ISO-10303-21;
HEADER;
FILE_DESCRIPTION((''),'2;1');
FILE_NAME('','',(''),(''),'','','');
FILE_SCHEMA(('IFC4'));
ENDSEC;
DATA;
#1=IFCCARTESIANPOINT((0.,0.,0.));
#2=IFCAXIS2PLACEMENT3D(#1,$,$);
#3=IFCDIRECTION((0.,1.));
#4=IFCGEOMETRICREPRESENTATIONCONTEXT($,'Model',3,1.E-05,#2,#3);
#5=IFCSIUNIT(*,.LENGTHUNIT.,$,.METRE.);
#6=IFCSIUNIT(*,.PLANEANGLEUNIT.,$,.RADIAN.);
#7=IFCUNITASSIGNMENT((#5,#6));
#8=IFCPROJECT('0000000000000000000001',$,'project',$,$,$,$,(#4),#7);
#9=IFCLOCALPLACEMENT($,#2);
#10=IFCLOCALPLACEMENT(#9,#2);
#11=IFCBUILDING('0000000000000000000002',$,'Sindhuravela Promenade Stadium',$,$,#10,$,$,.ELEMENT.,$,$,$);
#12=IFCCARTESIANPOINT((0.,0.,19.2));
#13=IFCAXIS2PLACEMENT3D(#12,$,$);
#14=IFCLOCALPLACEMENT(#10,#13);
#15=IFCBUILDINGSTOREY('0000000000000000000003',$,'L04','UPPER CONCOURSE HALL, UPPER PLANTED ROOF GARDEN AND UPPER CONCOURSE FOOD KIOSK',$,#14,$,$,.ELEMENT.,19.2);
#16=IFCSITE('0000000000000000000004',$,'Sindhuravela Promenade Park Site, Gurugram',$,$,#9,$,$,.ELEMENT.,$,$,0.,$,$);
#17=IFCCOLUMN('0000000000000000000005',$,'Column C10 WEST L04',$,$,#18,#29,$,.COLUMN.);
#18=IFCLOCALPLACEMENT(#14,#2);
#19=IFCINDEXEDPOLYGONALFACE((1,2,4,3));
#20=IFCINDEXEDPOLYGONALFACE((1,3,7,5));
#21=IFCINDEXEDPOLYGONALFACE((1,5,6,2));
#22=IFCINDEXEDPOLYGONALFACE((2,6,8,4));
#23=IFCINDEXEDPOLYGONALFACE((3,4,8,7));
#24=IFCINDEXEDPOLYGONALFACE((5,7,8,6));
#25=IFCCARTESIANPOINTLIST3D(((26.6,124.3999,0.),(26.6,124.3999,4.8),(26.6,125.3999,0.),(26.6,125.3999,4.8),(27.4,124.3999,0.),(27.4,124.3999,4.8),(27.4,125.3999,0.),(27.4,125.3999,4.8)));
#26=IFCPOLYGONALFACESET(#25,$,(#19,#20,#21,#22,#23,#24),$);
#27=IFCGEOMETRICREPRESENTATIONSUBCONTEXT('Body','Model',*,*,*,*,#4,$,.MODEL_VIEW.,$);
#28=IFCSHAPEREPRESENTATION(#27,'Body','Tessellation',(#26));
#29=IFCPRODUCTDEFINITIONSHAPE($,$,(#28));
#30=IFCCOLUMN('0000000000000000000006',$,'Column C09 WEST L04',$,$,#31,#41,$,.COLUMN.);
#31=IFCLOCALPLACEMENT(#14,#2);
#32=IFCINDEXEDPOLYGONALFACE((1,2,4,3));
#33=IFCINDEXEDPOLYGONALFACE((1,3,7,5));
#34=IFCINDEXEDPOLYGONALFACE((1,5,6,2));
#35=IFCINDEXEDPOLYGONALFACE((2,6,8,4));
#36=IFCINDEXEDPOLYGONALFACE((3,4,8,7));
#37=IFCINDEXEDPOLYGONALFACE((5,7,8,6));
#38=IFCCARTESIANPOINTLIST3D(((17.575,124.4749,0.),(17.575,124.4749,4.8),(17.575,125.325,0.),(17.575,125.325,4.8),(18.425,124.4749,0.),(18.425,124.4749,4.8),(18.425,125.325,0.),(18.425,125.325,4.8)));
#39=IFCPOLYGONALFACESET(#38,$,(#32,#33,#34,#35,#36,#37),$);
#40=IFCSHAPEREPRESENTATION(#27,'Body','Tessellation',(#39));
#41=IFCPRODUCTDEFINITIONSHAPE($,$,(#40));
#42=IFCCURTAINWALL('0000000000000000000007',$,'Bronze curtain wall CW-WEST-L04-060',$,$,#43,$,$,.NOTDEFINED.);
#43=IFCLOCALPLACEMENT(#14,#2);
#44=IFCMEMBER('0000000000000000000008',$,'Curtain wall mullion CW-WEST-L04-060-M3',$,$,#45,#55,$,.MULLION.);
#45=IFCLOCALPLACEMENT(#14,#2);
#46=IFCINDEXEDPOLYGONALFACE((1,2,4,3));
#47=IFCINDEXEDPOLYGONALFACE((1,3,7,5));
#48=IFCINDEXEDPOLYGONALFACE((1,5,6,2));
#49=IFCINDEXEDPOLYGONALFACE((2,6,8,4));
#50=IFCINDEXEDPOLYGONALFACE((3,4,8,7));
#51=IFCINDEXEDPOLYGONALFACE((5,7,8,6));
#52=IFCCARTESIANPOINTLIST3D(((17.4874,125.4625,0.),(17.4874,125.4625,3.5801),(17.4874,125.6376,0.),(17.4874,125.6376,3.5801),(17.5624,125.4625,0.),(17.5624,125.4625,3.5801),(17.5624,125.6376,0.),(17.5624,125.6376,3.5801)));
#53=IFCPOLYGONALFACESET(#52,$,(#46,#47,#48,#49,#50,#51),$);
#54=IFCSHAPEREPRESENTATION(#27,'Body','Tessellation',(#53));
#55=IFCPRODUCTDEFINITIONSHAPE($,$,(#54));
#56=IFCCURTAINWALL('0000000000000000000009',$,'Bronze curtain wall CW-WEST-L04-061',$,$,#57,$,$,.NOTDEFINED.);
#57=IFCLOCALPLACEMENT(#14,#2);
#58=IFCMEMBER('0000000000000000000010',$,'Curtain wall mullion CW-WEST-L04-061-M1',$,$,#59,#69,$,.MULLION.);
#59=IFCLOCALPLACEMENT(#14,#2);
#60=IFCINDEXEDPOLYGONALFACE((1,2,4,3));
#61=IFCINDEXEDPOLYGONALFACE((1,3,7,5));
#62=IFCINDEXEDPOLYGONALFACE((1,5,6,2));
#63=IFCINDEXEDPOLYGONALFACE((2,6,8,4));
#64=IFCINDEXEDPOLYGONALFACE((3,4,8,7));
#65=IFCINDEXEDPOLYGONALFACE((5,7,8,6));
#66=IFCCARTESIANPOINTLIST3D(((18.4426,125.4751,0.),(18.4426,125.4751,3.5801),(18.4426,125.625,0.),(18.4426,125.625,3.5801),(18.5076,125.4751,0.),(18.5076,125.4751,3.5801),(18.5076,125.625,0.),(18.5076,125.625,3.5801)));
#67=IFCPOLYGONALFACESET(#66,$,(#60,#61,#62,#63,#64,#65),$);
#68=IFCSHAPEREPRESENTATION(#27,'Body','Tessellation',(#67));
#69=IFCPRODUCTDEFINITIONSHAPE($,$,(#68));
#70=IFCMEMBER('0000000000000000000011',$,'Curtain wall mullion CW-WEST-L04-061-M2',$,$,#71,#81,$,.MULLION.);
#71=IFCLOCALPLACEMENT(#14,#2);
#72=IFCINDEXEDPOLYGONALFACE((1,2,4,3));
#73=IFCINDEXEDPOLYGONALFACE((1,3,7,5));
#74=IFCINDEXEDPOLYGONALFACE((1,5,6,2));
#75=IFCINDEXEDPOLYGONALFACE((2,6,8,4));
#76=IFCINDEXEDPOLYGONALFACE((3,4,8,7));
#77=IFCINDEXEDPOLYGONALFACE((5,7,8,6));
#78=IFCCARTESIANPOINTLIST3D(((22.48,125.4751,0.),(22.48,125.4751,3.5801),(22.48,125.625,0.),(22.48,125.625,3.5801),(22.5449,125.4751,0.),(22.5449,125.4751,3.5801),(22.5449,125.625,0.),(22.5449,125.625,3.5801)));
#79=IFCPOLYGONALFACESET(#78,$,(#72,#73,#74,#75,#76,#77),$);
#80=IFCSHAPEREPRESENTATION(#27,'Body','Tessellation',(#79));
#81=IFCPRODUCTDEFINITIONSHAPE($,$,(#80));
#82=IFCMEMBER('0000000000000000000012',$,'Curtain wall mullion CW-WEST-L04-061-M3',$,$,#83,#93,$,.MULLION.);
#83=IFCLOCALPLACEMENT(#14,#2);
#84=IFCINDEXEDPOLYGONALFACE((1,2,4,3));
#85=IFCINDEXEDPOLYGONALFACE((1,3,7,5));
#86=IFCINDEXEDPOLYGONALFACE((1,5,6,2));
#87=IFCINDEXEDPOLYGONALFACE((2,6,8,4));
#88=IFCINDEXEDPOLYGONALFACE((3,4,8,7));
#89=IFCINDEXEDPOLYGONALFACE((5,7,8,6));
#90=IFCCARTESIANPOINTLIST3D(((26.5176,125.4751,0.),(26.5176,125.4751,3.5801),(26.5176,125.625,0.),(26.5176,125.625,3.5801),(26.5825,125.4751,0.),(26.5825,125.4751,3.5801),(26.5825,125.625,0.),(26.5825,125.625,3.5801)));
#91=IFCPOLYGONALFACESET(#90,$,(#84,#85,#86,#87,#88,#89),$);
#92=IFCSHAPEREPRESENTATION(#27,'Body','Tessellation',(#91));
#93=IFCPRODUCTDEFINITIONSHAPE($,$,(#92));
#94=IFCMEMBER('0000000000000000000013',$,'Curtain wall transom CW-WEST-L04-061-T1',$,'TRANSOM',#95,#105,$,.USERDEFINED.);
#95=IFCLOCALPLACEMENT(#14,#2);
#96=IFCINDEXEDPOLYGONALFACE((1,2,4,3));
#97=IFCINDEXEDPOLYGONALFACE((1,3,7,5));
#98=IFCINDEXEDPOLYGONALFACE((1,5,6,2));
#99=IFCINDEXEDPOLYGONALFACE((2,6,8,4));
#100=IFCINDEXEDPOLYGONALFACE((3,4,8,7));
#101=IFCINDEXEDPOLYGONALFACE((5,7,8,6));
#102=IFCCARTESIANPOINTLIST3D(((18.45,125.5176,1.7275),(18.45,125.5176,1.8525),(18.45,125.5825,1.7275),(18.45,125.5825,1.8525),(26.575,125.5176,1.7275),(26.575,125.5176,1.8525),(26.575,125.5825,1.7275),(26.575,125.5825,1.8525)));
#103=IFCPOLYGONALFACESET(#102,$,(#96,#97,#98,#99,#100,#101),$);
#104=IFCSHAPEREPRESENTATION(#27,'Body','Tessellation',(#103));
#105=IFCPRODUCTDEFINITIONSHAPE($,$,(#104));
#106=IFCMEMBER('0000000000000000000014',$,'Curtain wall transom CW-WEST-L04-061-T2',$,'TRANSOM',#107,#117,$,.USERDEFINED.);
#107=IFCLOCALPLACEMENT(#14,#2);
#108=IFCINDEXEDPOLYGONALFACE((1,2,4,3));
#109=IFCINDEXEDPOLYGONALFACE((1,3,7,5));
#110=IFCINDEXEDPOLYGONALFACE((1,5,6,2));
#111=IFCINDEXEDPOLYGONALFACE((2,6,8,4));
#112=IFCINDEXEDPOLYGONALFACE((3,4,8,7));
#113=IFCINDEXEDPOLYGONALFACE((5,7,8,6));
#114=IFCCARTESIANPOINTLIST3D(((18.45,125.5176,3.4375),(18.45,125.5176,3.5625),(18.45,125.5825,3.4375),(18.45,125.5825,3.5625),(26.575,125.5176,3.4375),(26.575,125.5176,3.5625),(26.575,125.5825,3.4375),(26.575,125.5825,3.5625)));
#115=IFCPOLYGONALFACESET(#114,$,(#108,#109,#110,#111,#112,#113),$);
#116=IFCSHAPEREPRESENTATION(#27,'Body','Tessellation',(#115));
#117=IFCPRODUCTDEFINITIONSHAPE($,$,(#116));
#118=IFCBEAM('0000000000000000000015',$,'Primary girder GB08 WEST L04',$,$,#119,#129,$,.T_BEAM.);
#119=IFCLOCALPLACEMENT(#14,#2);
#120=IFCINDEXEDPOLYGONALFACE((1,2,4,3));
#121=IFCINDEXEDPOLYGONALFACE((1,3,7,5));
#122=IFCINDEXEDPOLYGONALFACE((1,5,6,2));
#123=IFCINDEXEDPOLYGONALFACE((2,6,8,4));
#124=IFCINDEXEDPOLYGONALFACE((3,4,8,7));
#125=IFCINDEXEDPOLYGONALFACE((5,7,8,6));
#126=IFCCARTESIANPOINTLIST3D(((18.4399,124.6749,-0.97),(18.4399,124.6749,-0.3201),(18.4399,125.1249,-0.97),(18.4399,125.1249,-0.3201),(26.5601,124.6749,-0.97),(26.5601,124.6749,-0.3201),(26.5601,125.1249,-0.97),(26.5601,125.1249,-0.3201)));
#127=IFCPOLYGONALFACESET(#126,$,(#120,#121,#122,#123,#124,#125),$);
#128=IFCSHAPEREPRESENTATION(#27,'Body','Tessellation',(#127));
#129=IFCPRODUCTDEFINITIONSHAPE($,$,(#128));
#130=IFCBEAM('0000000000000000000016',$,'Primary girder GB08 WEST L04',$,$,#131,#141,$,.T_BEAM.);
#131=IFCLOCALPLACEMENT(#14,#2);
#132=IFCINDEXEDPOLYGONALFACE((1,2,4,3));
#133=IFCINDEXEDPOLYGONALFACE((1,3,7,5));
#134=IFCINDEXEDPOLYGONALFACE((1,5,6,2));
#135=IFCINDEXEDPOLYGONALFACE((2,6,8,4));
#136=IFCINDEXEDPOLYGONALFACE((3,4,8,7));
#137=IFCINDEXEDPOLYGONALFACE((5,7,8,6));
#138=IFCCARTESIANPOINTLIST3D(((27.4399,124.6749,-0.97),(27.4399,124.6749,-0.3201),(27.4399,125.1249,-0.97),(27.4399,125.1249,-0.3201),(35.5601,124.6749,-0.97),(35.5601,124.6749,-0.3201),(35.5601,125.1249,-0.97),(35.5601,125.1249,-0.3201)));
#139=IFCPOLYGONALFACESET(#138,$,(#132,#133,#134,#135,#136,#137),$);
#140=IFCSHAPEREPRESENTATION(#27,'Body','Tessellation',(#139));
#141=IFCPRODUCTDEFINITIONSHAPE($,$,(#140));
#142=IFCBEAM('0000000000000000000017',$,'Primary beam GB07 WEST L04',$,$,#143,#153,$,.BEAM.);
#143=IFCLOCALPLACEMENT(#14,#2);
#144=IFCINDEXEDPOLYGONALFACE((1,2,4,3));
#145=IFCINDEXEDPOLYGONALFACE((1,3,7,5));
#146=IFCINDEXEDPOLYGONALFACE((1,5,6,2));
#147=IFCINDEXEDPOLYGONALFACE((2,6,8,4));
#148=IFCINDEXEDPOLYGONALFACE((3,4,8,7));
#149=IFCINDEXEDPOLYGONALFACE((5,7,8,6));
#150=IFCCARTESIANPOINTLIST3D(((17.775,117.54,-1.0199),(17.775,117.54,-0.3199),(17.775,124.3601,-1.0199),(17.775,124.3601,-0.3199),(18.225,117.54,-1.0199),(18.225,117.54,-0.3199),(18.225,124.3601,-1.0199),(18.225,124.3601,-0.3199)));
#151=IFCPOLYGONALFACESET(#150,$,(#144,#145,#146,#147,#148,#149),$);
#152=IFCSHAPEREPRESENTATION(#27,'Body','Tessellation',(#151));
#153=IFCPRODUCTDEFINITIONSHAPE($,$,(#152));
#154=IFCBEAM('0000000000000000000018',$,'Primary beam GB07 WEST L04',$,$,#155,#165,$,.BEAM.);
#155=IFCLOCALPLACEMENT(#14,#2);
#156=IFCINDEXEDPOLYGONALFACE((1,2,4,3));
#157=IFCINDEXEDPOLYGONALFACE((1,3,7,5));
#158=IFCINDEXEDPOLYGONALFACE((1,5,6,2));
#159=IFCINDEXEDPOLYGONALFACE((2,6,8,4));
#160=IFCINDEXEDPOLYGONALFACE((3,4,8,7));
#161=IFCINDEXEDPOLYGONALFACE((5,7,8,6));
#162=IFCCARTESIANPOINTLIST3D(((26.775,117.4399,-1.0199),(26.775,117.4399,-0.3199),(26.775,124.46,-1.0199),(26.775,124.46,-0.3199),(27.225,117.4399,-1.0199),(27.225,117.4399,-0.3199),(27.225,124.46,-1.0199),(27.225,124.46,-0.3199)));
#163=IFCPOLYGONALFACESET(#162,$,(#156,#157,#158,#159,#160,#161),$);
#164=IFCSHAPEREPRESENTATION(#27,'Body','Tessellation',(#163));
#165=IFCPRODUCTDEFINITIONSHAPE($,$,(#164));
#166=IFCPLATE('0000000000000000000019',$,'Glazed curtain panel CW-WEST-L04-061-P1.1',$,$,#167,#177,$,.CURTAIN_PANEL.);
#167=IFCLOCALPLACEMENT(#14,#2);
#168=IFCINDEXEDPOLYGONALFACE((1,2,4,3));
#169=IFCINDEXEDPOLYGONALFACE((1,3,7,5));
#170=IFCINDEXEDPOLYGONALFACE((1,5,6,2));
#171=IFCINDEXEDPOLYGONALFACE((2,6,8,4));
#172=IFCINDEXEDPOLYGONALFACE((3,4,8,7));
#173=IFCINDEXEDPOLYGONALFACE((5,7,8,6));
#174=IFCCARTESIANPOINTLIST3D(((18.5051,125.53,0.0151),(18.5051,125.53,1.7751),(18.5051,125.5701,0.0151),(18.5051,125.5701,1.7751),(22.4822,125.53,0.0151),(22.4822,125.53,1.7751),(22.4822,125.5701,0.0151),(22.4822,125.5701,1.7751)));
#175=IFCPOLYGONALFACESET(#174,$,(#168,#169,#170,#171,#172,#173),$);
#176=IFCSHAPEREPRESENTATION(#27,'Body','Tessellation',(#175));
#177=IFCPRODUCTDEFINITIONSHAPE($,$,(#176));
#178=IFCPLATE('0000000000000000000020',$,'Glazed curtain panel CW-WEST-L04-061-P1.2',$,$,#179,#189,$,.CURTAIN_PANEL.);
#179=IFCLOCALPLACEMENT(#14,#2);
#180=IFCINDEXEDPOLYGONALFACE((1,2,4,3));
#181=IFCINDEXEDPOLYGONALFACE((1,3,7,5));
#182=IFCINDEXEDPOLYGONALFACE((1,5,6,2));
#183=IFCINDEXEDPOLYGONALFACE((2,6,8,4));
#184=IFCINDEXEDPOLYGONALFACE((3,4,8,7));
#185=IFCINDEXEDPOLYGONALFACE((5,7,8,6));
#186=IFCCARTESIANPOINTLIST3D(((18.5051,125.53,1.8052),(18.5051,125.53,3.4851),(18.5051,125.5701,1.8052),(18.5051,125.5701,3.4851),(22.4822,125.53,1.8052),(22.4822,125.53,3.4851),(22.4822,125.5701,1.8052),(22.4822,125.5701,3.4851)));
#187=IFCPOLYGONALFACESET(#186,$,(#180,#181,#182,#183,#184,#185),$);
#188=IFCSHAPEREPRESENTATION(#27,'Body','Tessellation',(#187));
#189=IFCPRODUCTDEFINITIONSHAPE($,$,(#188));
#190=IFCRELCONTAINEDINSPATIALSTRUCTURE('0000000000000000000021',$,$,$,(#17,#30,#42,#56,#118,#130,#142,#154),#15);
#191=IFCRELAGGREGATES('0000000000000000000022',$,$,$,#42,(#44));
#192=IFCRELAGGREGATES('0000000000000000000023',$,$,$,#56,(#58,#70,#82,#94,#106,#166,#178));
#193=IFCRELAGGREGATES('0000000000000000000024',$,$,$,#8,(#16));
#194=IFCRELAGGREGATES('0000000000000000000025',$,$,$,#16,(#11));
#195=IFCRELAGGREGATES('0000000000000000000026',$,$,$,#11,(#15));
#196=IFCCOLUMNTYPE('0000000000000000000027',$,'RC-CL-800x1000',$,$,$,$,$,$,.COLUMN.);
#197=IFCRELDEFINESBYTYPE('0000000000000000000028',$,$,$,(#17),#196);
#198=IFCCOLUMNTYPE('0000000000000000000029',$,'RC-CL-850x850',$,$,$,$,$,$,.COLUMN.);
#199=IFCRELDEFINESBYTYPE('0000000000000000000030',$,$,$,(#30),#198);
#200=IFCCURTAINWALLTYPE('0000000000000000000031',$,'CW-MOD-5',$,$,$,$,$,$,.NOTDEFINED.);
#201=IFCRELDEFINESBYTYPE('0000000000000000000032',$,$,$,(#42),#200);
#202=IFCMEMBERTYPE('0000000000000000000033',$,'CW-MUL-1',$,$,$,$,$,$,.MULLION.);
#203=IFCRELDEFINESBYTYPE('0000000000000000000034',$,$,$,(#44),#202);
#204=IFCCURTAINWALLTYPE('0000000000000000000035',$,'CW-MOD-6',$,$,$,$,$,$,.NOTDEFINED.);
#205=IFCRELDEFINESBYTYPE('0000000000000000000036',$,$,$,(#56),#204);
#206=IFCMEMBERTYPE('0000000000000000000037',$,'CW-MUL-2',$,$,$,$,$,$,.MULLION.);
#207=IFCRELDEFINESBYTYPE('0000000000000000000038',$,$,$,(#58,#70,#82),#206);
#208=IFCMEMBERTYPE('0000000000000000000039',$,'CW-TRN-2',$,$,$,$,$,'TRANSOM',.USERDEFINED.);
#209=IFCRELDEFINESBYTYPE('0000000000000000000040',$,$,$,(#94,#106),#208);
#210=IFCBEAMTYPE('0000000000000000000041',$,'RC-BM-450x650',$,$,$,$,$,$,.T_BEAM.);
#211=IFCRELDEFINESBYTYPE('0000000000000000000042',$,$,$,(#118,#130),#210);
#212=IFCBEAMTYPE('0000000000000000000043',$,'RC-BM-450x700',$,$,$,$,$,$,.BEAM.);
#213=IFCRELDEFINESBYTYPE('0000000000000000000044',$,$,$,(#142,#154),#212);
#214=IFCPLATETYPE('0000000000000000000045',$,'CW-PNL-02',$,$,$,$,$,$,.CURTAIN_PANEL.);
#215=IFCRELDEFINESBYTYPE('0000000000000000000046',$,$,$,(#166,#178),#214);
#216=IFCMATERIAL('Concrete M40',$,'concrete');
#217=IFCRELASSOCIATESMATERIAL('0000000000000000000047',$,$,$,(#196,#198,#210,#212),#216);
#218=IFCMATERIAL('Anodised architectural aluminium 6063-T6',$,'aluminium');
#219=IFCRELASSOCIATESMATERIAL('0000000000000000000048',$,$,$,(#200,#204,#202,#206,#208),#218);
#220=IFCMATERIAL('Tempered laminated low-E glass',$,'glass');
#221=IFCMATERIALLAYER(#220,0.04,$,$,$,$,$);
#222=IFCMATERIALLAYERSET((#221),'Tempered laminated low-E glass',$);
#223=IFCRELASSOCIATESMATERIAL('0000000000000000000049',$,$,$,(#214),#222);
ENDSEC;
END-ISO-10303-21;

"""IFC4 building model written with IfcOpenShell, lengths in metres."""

from ifc_helpers import new_model, si_unit, direction, frame, origin, origin_2d, place, context, subcontext, project, spatial, rectangle, extrude, material, layer, layer_set, material_profile, profile_set, type_object, element, aggregate, save


model = new_model("IFC4")

# Units and contexts
model_context = context("Model", 3, precision=1e-05, world=origin(), true_north=direction((0.0, 1.0)))
body_context = subcontext(model_context, "Body", "Model", "MODEL_VIEW")
ifc_project = project(units=[si_unit("LENGTHUNIT", "METRE"), si_unit("PLANEANGLEUNIT", "RADIAN")], contexts=[model_context])

# Site, building, storey
site_placement = place(None, origin())
site = spatial("IfcSite", under=ifc_project, at=site_placement, Name="Sindhuravela Promenade Park Site, Gurugram", CompositionType="ELEMENT", RefElevation=0.0)
building_placement = place(site_placement, origin())
building = spatial("IfcBuilding", under=site, at=building_placement, Name="Sindhuravela Promenade Stadium", CompositionType="ELEMENT")
storey_placement = place(building_placement, frame((0.0, 0.0, 19.2)))
storey = spatial("IfcBuildingStorey", under=building, at=storey_placement, Name="L04", Description="UPPER CONCOURSE HALL, UPPER PLANTED ROOF GARDEN AND UPPER CONCOURSE FOOD KIOSK", CompositionType="ELEMENT", Elevation=19.2)

# Columns
ifc_material_1 = material(Name="Concrete M40", Category="concrete")
ifc_material_profile_1 = material_profile(ifc_material_1, rectangle(XDim=0.8, YDim=1.0, at=origin_2d()), Name="RC 800x1000")
ifc_profile_set_1 = profile_set([ifc_material_profile_1], Name="Concrete M40")
column_type_1 = type_object("IfcColumnType", Name="RC-CL-800x1000", PredefinedType="COLUMN", material=ifc_profile_set_1)
column_1_placement = place(storey_placement, frame((27.0, 124.8999, 0.0), z_axis=(0.0, 0.0, 1.0), x_axis=(1.0, 0.0, 0.0)))
element("IfcColumn", 1, at=column_1_placement, inside=storey, type_object=column_type_1, Name="Column C10 WEST L04", PredefinedType="COLUMN", context=body_context, shape_type="SweptSolid", body=[
    extrude(rectangle(XDim=0.8, YDim=1.0, at=origin_2d()), origin(), (0.0, 0.0, 1.0), 4.8),
])
ifc_material_profile_2 = material_profile(ifc_material_1, rectangle(XDim=0.8501, YDim=0.8501, at=origin_2d()), Name="RC 850x850")
ifc_profile_set_2 = profile_set([ifc_material_profile_2], Name="Concrete M40")
column_type_2 = type_object("IfcColumnType", Name="RC-CL-850x850", PredefinedType="COLUMN", material=ifc_profile_set_2)
column_2_placement = place(storey_placement, frame((18.0, 124.8999, 0.0), z_axis=(0.0, 0.0, 1.0), x_axis=(1.0, 0.0, 0.0)))
element("IfcColumn", 2, at=column_2_placement, inside=storey, type_object=column_type_2, Name="Column C09 WEST L04", PredefinedType="COLUMN", context=body_context, shape_type="SweptSolid", body=[
    extrude(rectangle(XDim=0.8501, YDim=0.8501, at=origin_2d()), origin(), (0.0, 0.0, 1.0), 4.8),
])

# Curtain wall, member
ifc_material_2 = material(Name="Anodised architectural aluminium 6063-T6", Category="aluminium")
curtain_wall_type_1 = type_object("IfcCurtainWallType", Name="CW-MOD-5", PredefinedType="NOTDEFINED", material=ifc_material_2)
curtain_wall_1_placement = place(storey_placement, origin())
curtain_wall_1 = element("IfcCurtainWall", 3, at=curtain_wall_1_placement, inside=storey, type_object=curtain_wall_type_1, Name="Bronze curtain wall CW-WEST-L04-060", PredefinedType="NOTDEFINED")
ifc_material_profile_3 = material_profile(ifc_material_2, rectangle(XDim=0.075, YDim=0.175, at=origin_2d()), Name="ALU MULL 75x175")
ifc_profile_set_3 = profile_set([ifc_material_profile_3], Name="Anodised architectural aluminium 6063-T6")
member_type_1 = type_object("IfcMemberType", Name="CW-MUL-1", PredefinedType="MULLION", material=ifc_profile_set_3)
member_1_placement = place(storey_placement, frame((17.5249, 125.55, 0.0), z_axis=(0.0, 0.0, 1.0), x_axis=(1.0, 0.0, 0.0)))
member_1 = element("IfcMember", 4, at=member_1_placement, type_object=member_type_1, Name="Curtain wall mullion CW-WEST-L04-060-M3", PredefinedType="MULLION", context=body_context, shape_type="SweptSolid", body=[
    extrude(rectangle(XDim=0.075, YDim=0.175, at=origin_2d()), origin(), (0.0, 0.0, 1.0), 3.5801),
])
aggregate(curtain_wall_1, [member_1])

# Curtain wall, members
curtain_wall_type_2 = type_object("IfcCurtainWallType", Name="CW-MOD-6", PredefinedType="NOTDEFINED", material=ifc_material_2)
curtain_wall_2_placement = place(storey_placement, origin())
curtain_wall_2 = element("IfcCurtainWall", 5, at=curtain_wall_2_placement, inside=storey, type_object=curtain_wall_type_2, Name="Bronze curtain wall CW-WEST-L04-061", PredefinedType="NOTDEFINED")
ifc_material_profile_4 = material_profile(ifc_material_2, rectangle(XDim=0.0649, YDim=0.1499, at=origin_2d()), Name="ALU MULL 65x150")
ifc_profile_set_4 = profile_set([ifc_material_profile_4], Name="Anodised architectural aluminium 6063-T6")
member_type_2 = type_object("IfcMemberType", Name="CW-MUL-2", PredefinedType="MULLION", material=ifc_profile_set_4)
member_2_placement = place(storey_placement, frame((18.4751, 125.55, 0.0), z_axis=(0.0, 0.0, 1.0), x_axis=(1.0, 0.0, 0.0)))
member_2 = element("IfcMember", 6, at=member_2_placement, type_object=member_type_2, Name="Curtain wall mullion CW-WEST-L04-061-M1", PredefinedType="MULLION", context=body_context, shape_type="SweptSolid", body=[
    extrude(rectangle(XDim=0.0649, YDim=0.1499, at=origin_2d()), origin(), (0.0, 0.0, 1.0), 3.5801),
])
member_3_placement = place(storey_placement, frame((22.5125, 125.55, 0.0), z_axis=(0.0, 0.0, 1.0), x_axis=(1.0, 0.0, 0.0)))
member_3 = element("IfcMember", 7, at=member_3_placement, type_object=member_type_2, Name="Curtain wall mullion CW-WEST-L04-061-M2", PredefinedType="MULLION", context=body_context, shape_type="SweptSolid", body=[
    extrude(rectangle(XDim=0.0649, YDim=0.1499, at=origin_2d()), origin(), (0.0, 0.0, 1.0), 3.5801),
])
member_4_placement = place(storey_placement, frame((26.55, 125.55, 0.0), z_axis=(0.0, 0.0, 1.0), x_axis=(1.0, 0.0, 0.0)))
member_4 = element("IfcMember", 8, at=member_4_placement, type_object=member_type_2, Name="Curtain wall mullion CW-WEST-L04-061-M3", PredefinedType="MULLION", context=body_context, shape_type="SweptSolid", body=[
    extrude(rectangle(XDim=0.0649, YDim=0.1499, at=origin_2d()), origin(), (0.0, 0.0, 1.0), 3.5801),
])
ifc_material_profile_5 = material_profile(ifc_material_2, rectangle(XDim=0.0649, YDim=0.125, at=origin_2d()), Name="ALU TRAN 65x125")
ifc_profile_set_5 = profile_set([ifc_material_profile_5], Name="Anodised architectural aluminium 6063-T6")
member_type_3 = type_object("IfcMemberType", Name="CW-TRN-2", ElementType="TRANSOM", PredefinedType="USERDEFINED", material=ifc_profile_set_5)
member_5_placement = place(storey_placement, frame((18.45, 125.55, 1.79), z_axis=(1.0, 0.0, 0.0), x_axis=(0.0, 1.0, 0.0)))
member_5 = element("IfcMember", 9, at=member_5_placement, type_object=member_type_3, Name="Curtain wall transom CW-WEST-L04-061-T1", ObjectType="TRANSOM", PredefinedType="USERDEFINED", context=body_context, shape_type="SweptSolid", body=[
    extrude(rectangle(XDim=0.0649, YDim=0.125, at=origin_2d()), origin(), (0.0, 0.0, 1.0), 8.125),
])
member_6_placement = place(storey_placement, frame((18.45, 125.55, 3.5), z_axis=(1.0, 0.0, 0.0), x_axis=(0.0, 1.0, 0.0)))
member_6 = element("IfcMember", 10, at=member_6_placement, type_object=member_type_3, Name="Curtain wall transom CW-WEST-L04-061-T2", ObjectType="TRANSOM", PredefinedType="USERDEFINED", context=body_context, shape_type="SweptSolid", body=[
    extrude(rectangle(XDim=0.0649, YDim=0.125, at=origin_2d()), origin(), (0.0, 0.0, 1.0), 8.125),
])

# Beams
ifc_material_profile_6 = material_profile(ifc_material_1, rectangle(XDim=0.45, YDim=0.6499, at=origin_2d()), Name="RC 450x650")
ifc_profile_set_6 = profile_set([ifc_material_profile_6], Name="Concrete M40")
beam_type_1 = type_object("IfcBeamType", Name="RC-BM-450x650", PredefinedType="T_BEAM", material=ifc_profile_set_6)
for number, where, z_axis, x_axis, name in (
    (11, (18.4399, 124.8999, -0.645), (1.0, 0.0, 0.0), (0.0, 1.0, 0.0), "Primary girder GB08 WEST L04"),
    (12, (27.4399, 124.8999, -0.645), (1.0, 0.0, 0.0), (0.0, 1.0, 0.0), "Primary girder GB08 WEST L04"),
):
    element("IfcBeam", number, at=place(storey_placement, frame(where, z_axis=z_axis, x_axis=x_axis)), inside=storey, type_object=beam_type_1, Name=name, PredefinedType="T_BEAM", context=body_context, shape_type="SweptSolid", body=[
        extrude(rectangle(XDim=0.45, YDim=0.6499, at=origin_2d()), origin(), (0.0, 0.0, 1.0), 8.1201),
    ])
ifc_material_profile_7 = material_profile(ifc_material_1, rectangle(XDim=0.45, YDim=0.7, at=origin_2d()), Name="RC 450x700")
ifc_profile_set_7 = profile_set([ifc_material_profile_7], Name="Concrete M40")
beam_type_2 = type_object("IfcBeamType", Name="RC-BM-450x700", PredefinedType="BEAM", material=ifc_profile_set_7)
beam_1_placement = place(storey_placement, frame((18.0, 117.54, -0.6699), z_axis=(0.0, 1.0, 0.0), x_axis=(-1.0, 0.0, 0.0)))
element("IfcBeam", 13, at=beam_1_placement, inside=storey, type_object=beam_type_2, Name="Primary beam GB07 WEST L04", PredefinedType="BEAM", context=body_context, shape_type="SweptSolid", body=[
    extrude(rectangle(XDim=0.45, YDim=0.7, at=origin_2d()), origin(), (0.0, 0.0, 1.0), 6.8201),
])
beam_2_placement = place(storey_placement, frame((27.0, 117.4399, -0.6699), z_axis=(0.0, 1.0, 0.0), x_axis=(-1.0, 0.0, 0.0)))
element("IfcBeam", 14, at=beam_2_placement, inside=storey, type_object=beam_type_2, Name="Primary beam GB07 WEST L04", PredefinedType="BEAM", context=body_context, shape_type="SweptSolid", body=[
    extrude(rectangle(XDim=0.45, YDim=0.7, at=origin_2d()), origin(), (0.0, 0.0, 1.0), 7.02),
])

# Plates
ifc_material_3 = material(Name="Tempered laminated low-E glass", Category="glass")
ifc_layer_1 = layer(ifc_material_3, 0.04)
ifc_layer_set_1 = layer_set([ifc_layer_1], Name="Tempered laminated low-E glass")
plate_type = type_object("IfcPlateType", Name="CW-PNL-02", PredefinedType="CURTAIN_PANEL", material=ifc_layer_set_1)
plate_1_placement = place(storey_placement, frame((20.4937, 125.55, 0.0151), z_axis=(0.0, 0.0, 1.0), x_axis=(1.0, 0.0, 0.0)))
plate_1 = element("IfcPlate", 15, at=plate_1_placement, type_object=plate_type, Name="Glazed curtain panel CW-WEST-L04-061-P1.1", PredefinedType="CURTAIN_PANEL", context=body_context, shape_type="SweptSolid", body=[
    extrude(rectangle(XDim=3.9771, YDim=0.04, at=origin_2d()), origin(), (0.0, 0.0, 1.0), 1.76),
])
plate_2_placement = place(storey_placement, frame((20.4937, 125.55, 1.8052), z_axis=(0.0, 0.0, 1.0), x_axis=(1.0, 0.0, 0.0)))
plate_2 = element("IfcPlate", 16, at=plate_2_placement, type_object=plate_type, Name="Glazed curtain panel CW-WEST-L04-061-P1.2", PredefinedType="CURTAIN_PANEL", context=body_context, shape_type="SweptSolid", body=[
    extrude(rectangle(XDim=3.9771, YDim=0.04, at=origin_2d()), origin(), (0.0, 0.0, 1.0), 1.6799),
])
aggregate(curtain_wall_2, [member_2, member_3, member_4, member_5, member_6, plate_1, plate_2])

save(model, "model.ifc")
